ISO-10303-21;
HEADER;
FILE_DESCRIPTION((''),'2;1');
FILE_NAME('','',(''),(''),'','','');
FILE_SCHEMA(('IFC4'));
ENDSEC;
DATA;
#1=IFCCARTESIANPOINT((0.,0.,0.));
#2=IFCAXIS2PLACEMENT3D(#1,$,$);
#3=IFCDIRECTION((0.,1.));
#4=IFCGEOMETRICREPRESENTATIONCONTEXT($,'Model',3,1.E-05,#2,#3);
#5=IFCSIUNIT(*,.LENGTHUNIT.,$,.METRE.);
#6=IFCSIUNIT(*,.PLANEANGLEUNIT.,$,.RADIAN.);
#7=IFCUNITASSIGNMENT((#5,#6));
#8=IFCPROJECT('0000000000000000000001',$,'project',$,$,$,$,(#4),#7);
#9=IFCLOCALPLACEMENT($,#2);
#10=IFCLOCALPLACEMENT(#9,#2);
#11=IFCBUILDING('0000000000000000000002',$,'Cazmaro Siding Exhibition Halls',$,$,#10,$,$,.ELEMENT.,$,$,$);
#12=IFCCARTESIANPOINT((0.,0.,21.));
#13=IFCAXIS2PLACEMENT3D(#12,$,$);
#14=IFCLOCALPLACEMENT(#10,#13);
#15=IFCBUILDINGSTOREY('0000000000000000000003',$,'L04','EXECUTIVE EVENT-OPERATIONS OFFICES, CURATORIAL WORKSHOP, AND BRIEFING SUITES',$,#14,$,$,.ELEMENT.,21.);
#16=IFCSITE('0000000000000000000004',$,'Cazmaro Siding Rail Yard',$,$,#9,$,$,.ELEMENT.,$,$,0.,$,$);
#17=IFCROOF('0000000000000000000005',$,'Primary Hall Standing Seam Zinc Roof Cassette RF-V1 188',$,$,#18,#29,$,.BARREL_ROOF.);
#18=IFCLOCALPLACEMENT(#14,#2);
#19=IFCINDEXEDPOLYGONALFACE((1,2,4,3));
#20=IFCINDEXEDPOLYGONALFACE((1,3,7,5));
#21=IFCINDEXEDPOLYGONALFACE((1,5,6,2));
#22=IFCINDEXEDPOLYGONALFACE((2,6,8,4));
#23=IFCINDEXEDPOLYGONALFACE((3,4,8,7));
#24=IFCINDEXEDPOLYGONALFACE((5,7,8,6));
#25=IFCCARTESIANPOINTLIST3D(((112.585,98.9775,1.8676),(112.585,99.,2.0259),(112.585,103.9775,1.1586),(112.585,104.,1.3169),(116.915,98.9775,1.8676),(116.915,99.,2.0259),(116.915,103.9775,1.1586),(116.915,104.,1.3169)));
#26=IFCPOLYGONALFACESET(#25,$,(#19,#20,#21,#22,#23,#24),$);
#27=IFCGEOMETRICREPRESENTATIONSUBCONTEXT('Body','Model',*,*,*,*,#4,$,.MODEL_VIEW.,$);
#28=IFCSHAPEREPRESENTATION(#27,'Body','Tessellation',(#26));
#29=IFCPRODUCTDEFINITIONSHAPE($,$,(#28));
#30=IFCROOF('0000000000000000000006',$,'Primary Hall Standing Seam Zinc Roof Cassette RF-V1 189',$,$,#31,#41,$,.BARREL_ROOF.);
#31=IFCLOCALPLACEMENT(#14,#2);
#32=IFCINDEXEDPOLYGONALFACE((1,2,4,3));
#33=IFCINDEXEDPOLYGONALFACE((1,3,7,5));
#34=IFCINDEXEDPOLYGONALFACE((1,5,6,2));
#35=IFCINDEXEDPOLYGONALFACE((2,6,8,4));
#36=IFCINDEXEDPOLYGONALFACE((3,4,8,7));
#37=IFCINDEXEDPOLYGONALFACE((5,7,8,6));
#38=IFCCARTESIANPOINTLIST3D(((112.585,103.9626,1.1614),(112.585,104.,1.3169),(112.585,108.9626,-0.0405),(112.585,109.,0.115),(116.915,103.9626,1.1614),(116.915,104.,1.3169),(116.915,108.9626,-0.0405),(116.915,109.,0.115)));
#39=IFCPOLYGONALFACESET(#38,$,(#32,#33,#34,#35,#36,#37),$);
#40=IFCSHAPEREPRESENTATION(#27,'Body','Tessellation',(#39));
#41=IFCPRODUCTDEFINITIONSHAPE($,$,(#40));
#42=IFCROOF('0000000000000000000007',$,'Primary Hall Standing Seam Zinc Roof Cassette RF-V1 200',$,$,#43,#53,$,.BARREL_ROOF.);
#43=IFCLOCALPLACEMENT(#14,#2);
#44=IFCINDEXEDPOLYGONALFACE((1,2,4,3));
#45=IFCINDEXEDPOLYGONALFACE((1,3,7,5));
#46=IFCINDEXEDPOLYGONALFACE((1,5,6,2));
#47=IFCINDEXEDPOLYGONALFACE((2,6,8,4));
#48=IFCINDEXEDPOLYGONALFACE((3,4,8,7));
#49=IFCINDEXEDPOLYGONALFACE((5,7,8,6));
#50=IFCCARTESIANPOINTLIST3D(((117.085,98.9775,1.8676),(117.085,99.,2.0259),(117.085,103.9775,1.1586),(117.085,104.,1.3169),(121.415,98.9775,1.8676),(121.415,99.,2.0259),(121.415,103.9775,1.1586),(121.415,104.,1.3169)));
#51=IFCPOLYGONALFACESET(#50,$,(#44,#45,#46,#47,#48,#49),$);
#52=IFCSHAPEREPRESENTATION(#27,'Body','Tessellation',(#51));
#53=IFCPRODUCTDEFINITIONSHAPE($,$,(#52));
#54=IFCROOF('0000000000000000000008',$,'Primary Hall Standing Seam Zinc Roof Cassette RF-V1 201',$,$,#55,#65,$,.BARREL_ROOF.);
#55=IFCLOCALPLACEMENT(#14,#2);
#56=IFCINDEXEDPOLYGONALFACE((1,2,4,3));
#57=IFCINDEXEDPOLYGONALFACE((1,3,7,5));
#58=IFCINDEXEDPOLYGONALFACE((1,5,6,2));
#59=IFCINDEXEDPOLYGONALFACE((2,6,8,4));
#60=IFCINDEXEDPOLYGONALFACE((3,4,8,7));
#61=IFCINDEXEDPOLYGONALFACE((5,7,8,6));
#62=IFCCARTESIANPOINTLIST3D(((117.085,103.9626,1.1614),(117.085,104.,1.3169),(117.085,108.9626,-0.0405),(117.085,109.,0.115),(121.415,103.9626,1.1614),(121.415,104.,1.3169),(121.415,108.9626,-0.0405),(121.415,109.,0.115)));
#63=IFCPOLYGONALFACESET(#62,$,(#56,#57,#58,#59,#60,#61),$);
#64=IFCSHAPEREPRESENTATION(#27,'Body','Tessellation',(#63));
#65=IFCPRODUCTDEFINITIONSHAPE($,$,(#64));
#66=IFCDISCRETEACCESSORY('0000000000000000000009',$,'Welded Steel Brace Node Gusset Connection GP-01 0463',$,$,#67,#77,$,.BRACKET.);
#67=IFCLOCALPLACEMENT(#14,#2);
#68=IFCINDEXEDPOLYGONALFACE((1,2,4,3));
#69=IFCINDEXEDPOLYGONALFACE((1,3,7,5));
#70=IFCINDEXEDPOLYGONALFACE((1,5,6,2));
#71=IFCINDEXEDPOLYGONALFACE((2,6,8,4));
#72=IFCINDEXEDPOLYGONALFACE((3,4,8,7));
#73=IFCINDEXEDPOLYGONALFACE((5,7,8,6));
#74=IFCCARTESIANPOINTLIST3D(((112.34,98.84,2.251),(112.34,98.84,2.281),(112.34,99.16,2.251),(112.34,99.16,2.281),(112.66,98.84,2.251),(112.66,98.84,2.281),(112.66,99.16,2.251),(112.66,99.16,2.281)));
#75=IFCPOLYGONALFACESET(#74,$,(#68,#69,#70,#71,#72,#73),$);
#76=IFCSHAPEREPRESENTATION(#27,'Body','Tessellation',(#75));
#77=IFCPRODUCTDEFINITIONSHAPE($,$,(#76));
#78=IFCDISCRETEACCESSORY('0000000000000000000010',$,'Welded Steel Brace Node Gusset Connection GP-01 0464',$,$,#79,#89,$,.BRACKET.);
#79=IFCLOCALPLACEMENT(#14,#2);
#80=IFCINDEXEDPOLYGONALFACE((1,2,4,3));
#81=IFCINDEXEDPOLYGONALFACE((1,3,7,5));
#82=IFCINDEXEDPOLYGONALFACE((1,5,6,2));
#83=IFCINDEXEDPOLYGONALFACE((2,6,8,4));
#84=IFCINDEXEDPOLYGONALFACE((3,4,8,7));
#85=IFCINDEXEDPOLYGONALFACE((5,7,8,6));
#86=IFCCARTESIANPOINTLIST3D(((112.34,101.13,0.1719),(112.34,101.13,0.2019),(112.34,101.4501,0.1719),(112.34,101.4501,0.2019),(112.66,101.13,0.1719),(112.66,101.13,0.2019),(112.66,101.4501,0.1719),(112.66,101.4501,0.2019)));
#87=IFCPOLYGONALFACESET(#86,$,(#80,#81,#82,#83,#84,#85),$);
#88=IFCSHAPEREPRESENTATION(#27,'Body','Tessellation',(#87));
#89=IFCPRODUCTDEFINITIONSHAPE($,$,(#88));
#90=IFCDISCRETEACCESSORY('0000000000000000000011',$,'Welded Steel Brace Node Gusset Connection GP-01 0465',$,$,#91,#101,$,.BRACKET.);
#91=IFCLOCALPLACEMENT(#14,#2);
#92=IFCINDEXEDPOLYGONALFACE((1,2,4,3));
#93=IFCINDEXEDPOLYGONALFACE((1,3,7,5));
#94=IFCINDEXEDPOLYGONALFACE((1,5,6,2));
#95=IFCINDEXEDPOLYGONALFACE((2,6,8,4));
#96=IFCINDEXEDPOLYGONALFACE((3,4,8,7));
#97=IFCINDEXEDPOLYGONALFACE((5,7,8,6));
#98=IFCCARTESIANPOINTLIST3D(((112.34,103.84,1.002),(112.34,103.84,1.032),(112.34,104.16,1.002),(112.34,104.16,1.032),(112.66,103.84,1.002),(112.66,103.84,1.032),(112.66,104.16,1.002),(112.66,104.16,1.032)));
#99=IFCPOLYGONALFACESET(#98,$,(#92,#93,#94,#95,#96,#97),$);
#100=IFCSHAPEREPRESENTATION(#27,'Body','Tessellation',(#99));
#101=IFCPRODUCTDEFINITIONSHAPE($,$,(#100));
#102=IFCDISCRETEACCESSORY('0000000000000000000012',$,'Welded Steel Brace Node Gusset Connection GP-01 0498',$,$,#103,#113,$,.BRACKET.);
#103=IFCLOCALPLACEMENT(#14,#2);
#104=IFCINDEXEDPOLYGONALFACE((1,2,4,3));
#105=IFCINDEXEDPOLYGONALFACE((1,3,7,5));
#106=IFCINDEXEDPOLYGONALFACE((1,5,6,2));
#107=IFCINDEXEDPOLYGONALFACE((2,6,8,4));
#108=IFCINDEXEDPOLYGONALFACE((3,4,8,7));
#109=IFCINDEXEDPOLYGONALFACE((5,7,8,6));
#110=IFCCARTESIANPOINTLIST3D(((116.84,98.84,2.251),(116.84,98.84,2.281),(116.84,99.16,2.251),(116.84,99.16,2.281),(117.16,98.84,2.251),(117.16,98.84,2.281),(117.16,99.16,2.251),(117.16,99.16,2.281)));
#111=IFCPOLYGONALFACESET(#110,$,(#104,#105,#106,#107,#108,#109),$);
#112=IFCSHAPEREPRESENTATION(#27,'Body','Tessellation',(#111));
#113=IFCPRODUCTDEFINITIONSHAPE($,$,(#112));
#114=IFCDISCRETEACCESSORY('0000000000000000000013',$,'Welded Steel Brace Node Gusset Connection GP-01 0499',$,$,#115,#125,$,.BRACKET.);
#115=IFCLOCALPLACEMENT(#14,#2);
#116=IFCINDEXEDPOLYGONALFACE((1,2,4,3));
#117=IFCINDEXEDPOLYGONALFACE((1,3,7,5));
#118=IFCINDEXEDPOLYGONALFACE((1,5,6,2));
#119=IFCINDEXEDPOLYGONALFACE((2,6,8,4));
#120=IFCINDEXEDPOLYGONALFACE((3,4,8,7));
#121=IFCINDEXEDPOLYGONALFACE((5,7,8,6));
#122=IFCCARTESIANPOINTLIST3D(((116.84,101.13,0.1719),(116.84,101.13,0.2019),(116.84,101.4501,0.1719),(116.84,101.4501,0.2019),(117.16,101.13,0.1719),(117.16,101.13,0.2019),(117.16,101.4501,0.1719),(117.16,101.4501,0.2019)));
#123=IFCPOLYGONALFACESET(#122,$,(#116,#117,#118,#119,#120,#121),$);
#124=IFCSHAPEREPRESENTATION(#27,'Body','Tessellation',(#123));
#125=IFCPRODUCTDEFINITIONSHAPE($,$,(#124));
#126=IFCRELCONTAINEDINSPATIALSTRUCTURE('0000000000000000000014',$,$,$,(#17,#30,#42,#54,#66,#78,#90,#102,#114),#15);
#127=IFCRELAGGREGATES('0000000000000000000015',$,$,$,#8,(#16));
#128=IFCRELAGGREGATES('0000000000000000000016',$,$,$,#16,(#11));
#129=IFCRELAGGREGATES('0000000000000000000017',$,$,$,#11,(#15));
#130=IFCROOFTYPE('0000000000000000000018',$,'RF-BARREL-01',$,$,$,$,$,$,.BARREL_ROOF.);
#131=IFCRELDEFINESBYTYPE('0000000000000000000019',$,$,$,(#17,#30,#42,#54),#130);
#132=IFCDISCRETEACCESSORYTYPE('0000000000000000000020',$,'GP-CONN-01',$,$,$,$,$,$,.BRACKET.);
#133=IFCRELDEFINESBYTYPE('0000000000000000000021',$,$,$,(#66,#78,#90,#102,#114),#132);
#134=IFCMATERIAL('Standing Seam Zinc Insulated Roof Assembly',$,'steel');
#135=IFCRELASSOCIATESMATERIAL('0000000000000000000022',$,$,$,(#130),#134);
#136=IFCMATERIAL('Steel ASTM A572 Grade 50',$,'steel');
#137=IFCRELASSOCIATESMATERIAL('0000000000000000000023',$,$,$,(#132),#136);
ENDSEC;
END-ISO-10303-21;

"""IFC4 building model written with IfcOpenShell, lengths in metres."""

from ifc_helpers import new_model, si_unit, direction, frame, origin, origin_2d, place, context, subcontext, project, spatial, polyline, rectangle, outline, extrude, material, type_object, element, save


model = new_model("IFC4")

# Units and contexts
model_context = context("Model", 3, precision=1e-05, world=origin(), true_north=direction((0.0, 1.0)))
body_context = subcontext(model_context, "Body", "Model", "MODEL_VIEW")
ifc_project = project(units=[si_unit("LENGTHUNIT", "METRE"), si_unit("PLANEANGLEUNIT", "RADIAN")], contexts=[model_context])

# Site, building, storey
site_placement = place(None, origin())
site = spatial("IfcSite", under=ifc_project, at=site_placement, Name="Cazmaro Siding Rail Yard", CompositionType="ELEMENT", RefElevation=0.0)
building_placement = place(site_placement, origin())
building = spatial("IfcBuilding", under=site, at=building_placement, Name="Cazmaro Siding Exhibition Halls", CompositionType="ELEMENT")
storey_placement = place(building_placement, frame((0.0, 0.0, 21.0)))
storey = spatial("IfcBuildingStorey", under=building, at=storey_placement, Name="L04", Description="EXECUTIVE EVENT-OPERATIONS OFFICES, CURATORIAL WORKSHOP, AND BRIEFING SUITES", CompositionType="ELEMENT", Elevation=21.0)

# Roofs
ifc_material_1 = material(Name="Standing Seam Zinc Insulated Roof Assembly", Category="steel")
roof_type = type_object("IfcRoofType", Name="RF-BARREL-01", PredefinedType="BARREL_ROOF", material=ifc_material_1)
roof_1_placement = place(storey_placement, frame((112.585, 99.0, 2.0259), z_axis=(0.0, 0.140393, 0.990096), x_axis=(1.0, 0.0, 0.0)))
element("IfcRoof", 1, at=roof_1_placement, inside=storey, type_object=roof_type, Name="Primary Hall Standing Seam Zinc Roof Cassette RF-V1 188", PredefinedType="BARREL_ROOF", context=body_context, shape_type="SweptSolid", body=[
    extrude(outline(polyline([(0.0, 0.0), (4.3301, 0.0), (4.3301, 5.05), (0.0, 5.05), (0.0, 0.0)])), origin(), (0.0, 0.0, -1.0), 0.1599),
])
roof_2_placement = place(storey_placement, frame((112.585, 104.0, 1.3169), z_axis=(0.0, 0.233723, 0.972303), x_axis=(1.0, 0.0, 0.0)))
element("IfcRoof", 2, at=roof_2_placement, inside=storey, type_object=roof_type, Name="Primary Hall Standing Seam Zinc Roof Cassette RF-V1 189", PredefinedType="BARREL_ROOF", context=body_context, shape_type="SweptSolid", body=[
    extrude(outline(polyline([(0.0, 0.0), (4.3301, 0.0), (4.3301, 5.1424), (0.0, 5.1424), (0.0, 0.0)])), origin(), (0.0, 0.0, -1.0), 0.1599),
])
roof_3_placement = place(storey_placement, frame((117.085, 99.0, 2.0259), z_axis=(0.0, 0.140393, 0.990096), x_axis=(1.0, 0.0, 0.0)))
element("IfcRoof", 3, at=roof_3_placement, inside=storey, type_object=roof_type, Name="Primary Hall Standing Seam Zinc Roof Cassette RF-V1 200", PredefinedType="BARREL_ROOF", context=body_context, shape_type="SweptSolid", body=[
    extrude(outline(polyline([(0.0, 0.0), (4.3301, 0.0), (4.3301, 5.05), (0.0, 5.05), (0.0, 0.0)])), origin(), (0.0, 0.0, -1.0), 0.1599),
])
roof_4_placement = place(storey_placement, frame((117.085, 104.0, 1.3169), z_axis=(0.0, 0.233723, 0.972303), x_axis=(1.0, 0.0, 0.0)))
element("IfcRoof", 4, at=roof_4_placement, inside=storey, type_object=roof_type, Name="Primary Hall Standing Seam Zinc Roof Cassette RF-V1 201", PredefinedType="BARREL_ROOF", context=body_context, shape_type="SweptSolid", body=[
    extrude(outline(polyline([(0.0, 0.0), (4.3301, 0.0), (4.3301, 5.1424), (0.0, 5.1424), (0.0, 0.0)])), origin(), (0.0, 0.0, -1.0), 0.1599),
])

# Discrete accessories
ifc_material_2 = material(Name="Steel ASTM A572 Grade 50", Category="steel")
discrete_accessory_type = type_object("IfcDiscreteAccessoryType", Name="GP-CONN-01", PredefinedType="BRACKET", material=ifc_material_2)
for number, where, z_axis, x_axis, name in (
    (5, (112.5, 99.0, 2.251), (0.0, 0.0, 1.0), (1.0, 0.0, 0.0), "Welded Steel Brace Node Gusset Connection GP-01 0463"),
    (6, (112.5, 101.29, 0.1719), (0.0, 0.0, 1.0), (1.0, 0.0, 0.0), "Welded Steel Brace Node Gusset Connection GP-01 0464"),
    (7, (112.5, 104.0, 1.002), (0.0, 0.0, 1.0), (1.0, 0.0, 0.0), "Welded Steel Brace Node Gusset Connection GP-01 0465"),
    (8, (117.0, 99.0, 2.251), (0.0, 0.0, 1.0), (1.0, 0.0, 0.0), "Welded Steel Brace Node Gusset Connection GP-01 0498"),
    (9, (117.0, 101.29, 0.1719), (0.0, 0.0, 1.0), (1.0, 0.0, 0.0), "Welded Steel Brace Node Gusset Connection GP-01 0499"),
):
    element("IfcDiscreteAccessory", number, at=place(storey_placement, frame(where, z_axis=z_axis, x_axis=x_axis)), inside=storey, type_object=discrete_accessory_type, Name=name, PredefinedType="BRACKET", context=body_context, shape_type="SweptSolid", body=[
        extrude(rectangle(XDim=0.3201, YDim=0.3201, at=origin_2d()), origin(), (0.0, 0.0, 1.0), 0.03),
    ])

save(model, "model.ifc")
